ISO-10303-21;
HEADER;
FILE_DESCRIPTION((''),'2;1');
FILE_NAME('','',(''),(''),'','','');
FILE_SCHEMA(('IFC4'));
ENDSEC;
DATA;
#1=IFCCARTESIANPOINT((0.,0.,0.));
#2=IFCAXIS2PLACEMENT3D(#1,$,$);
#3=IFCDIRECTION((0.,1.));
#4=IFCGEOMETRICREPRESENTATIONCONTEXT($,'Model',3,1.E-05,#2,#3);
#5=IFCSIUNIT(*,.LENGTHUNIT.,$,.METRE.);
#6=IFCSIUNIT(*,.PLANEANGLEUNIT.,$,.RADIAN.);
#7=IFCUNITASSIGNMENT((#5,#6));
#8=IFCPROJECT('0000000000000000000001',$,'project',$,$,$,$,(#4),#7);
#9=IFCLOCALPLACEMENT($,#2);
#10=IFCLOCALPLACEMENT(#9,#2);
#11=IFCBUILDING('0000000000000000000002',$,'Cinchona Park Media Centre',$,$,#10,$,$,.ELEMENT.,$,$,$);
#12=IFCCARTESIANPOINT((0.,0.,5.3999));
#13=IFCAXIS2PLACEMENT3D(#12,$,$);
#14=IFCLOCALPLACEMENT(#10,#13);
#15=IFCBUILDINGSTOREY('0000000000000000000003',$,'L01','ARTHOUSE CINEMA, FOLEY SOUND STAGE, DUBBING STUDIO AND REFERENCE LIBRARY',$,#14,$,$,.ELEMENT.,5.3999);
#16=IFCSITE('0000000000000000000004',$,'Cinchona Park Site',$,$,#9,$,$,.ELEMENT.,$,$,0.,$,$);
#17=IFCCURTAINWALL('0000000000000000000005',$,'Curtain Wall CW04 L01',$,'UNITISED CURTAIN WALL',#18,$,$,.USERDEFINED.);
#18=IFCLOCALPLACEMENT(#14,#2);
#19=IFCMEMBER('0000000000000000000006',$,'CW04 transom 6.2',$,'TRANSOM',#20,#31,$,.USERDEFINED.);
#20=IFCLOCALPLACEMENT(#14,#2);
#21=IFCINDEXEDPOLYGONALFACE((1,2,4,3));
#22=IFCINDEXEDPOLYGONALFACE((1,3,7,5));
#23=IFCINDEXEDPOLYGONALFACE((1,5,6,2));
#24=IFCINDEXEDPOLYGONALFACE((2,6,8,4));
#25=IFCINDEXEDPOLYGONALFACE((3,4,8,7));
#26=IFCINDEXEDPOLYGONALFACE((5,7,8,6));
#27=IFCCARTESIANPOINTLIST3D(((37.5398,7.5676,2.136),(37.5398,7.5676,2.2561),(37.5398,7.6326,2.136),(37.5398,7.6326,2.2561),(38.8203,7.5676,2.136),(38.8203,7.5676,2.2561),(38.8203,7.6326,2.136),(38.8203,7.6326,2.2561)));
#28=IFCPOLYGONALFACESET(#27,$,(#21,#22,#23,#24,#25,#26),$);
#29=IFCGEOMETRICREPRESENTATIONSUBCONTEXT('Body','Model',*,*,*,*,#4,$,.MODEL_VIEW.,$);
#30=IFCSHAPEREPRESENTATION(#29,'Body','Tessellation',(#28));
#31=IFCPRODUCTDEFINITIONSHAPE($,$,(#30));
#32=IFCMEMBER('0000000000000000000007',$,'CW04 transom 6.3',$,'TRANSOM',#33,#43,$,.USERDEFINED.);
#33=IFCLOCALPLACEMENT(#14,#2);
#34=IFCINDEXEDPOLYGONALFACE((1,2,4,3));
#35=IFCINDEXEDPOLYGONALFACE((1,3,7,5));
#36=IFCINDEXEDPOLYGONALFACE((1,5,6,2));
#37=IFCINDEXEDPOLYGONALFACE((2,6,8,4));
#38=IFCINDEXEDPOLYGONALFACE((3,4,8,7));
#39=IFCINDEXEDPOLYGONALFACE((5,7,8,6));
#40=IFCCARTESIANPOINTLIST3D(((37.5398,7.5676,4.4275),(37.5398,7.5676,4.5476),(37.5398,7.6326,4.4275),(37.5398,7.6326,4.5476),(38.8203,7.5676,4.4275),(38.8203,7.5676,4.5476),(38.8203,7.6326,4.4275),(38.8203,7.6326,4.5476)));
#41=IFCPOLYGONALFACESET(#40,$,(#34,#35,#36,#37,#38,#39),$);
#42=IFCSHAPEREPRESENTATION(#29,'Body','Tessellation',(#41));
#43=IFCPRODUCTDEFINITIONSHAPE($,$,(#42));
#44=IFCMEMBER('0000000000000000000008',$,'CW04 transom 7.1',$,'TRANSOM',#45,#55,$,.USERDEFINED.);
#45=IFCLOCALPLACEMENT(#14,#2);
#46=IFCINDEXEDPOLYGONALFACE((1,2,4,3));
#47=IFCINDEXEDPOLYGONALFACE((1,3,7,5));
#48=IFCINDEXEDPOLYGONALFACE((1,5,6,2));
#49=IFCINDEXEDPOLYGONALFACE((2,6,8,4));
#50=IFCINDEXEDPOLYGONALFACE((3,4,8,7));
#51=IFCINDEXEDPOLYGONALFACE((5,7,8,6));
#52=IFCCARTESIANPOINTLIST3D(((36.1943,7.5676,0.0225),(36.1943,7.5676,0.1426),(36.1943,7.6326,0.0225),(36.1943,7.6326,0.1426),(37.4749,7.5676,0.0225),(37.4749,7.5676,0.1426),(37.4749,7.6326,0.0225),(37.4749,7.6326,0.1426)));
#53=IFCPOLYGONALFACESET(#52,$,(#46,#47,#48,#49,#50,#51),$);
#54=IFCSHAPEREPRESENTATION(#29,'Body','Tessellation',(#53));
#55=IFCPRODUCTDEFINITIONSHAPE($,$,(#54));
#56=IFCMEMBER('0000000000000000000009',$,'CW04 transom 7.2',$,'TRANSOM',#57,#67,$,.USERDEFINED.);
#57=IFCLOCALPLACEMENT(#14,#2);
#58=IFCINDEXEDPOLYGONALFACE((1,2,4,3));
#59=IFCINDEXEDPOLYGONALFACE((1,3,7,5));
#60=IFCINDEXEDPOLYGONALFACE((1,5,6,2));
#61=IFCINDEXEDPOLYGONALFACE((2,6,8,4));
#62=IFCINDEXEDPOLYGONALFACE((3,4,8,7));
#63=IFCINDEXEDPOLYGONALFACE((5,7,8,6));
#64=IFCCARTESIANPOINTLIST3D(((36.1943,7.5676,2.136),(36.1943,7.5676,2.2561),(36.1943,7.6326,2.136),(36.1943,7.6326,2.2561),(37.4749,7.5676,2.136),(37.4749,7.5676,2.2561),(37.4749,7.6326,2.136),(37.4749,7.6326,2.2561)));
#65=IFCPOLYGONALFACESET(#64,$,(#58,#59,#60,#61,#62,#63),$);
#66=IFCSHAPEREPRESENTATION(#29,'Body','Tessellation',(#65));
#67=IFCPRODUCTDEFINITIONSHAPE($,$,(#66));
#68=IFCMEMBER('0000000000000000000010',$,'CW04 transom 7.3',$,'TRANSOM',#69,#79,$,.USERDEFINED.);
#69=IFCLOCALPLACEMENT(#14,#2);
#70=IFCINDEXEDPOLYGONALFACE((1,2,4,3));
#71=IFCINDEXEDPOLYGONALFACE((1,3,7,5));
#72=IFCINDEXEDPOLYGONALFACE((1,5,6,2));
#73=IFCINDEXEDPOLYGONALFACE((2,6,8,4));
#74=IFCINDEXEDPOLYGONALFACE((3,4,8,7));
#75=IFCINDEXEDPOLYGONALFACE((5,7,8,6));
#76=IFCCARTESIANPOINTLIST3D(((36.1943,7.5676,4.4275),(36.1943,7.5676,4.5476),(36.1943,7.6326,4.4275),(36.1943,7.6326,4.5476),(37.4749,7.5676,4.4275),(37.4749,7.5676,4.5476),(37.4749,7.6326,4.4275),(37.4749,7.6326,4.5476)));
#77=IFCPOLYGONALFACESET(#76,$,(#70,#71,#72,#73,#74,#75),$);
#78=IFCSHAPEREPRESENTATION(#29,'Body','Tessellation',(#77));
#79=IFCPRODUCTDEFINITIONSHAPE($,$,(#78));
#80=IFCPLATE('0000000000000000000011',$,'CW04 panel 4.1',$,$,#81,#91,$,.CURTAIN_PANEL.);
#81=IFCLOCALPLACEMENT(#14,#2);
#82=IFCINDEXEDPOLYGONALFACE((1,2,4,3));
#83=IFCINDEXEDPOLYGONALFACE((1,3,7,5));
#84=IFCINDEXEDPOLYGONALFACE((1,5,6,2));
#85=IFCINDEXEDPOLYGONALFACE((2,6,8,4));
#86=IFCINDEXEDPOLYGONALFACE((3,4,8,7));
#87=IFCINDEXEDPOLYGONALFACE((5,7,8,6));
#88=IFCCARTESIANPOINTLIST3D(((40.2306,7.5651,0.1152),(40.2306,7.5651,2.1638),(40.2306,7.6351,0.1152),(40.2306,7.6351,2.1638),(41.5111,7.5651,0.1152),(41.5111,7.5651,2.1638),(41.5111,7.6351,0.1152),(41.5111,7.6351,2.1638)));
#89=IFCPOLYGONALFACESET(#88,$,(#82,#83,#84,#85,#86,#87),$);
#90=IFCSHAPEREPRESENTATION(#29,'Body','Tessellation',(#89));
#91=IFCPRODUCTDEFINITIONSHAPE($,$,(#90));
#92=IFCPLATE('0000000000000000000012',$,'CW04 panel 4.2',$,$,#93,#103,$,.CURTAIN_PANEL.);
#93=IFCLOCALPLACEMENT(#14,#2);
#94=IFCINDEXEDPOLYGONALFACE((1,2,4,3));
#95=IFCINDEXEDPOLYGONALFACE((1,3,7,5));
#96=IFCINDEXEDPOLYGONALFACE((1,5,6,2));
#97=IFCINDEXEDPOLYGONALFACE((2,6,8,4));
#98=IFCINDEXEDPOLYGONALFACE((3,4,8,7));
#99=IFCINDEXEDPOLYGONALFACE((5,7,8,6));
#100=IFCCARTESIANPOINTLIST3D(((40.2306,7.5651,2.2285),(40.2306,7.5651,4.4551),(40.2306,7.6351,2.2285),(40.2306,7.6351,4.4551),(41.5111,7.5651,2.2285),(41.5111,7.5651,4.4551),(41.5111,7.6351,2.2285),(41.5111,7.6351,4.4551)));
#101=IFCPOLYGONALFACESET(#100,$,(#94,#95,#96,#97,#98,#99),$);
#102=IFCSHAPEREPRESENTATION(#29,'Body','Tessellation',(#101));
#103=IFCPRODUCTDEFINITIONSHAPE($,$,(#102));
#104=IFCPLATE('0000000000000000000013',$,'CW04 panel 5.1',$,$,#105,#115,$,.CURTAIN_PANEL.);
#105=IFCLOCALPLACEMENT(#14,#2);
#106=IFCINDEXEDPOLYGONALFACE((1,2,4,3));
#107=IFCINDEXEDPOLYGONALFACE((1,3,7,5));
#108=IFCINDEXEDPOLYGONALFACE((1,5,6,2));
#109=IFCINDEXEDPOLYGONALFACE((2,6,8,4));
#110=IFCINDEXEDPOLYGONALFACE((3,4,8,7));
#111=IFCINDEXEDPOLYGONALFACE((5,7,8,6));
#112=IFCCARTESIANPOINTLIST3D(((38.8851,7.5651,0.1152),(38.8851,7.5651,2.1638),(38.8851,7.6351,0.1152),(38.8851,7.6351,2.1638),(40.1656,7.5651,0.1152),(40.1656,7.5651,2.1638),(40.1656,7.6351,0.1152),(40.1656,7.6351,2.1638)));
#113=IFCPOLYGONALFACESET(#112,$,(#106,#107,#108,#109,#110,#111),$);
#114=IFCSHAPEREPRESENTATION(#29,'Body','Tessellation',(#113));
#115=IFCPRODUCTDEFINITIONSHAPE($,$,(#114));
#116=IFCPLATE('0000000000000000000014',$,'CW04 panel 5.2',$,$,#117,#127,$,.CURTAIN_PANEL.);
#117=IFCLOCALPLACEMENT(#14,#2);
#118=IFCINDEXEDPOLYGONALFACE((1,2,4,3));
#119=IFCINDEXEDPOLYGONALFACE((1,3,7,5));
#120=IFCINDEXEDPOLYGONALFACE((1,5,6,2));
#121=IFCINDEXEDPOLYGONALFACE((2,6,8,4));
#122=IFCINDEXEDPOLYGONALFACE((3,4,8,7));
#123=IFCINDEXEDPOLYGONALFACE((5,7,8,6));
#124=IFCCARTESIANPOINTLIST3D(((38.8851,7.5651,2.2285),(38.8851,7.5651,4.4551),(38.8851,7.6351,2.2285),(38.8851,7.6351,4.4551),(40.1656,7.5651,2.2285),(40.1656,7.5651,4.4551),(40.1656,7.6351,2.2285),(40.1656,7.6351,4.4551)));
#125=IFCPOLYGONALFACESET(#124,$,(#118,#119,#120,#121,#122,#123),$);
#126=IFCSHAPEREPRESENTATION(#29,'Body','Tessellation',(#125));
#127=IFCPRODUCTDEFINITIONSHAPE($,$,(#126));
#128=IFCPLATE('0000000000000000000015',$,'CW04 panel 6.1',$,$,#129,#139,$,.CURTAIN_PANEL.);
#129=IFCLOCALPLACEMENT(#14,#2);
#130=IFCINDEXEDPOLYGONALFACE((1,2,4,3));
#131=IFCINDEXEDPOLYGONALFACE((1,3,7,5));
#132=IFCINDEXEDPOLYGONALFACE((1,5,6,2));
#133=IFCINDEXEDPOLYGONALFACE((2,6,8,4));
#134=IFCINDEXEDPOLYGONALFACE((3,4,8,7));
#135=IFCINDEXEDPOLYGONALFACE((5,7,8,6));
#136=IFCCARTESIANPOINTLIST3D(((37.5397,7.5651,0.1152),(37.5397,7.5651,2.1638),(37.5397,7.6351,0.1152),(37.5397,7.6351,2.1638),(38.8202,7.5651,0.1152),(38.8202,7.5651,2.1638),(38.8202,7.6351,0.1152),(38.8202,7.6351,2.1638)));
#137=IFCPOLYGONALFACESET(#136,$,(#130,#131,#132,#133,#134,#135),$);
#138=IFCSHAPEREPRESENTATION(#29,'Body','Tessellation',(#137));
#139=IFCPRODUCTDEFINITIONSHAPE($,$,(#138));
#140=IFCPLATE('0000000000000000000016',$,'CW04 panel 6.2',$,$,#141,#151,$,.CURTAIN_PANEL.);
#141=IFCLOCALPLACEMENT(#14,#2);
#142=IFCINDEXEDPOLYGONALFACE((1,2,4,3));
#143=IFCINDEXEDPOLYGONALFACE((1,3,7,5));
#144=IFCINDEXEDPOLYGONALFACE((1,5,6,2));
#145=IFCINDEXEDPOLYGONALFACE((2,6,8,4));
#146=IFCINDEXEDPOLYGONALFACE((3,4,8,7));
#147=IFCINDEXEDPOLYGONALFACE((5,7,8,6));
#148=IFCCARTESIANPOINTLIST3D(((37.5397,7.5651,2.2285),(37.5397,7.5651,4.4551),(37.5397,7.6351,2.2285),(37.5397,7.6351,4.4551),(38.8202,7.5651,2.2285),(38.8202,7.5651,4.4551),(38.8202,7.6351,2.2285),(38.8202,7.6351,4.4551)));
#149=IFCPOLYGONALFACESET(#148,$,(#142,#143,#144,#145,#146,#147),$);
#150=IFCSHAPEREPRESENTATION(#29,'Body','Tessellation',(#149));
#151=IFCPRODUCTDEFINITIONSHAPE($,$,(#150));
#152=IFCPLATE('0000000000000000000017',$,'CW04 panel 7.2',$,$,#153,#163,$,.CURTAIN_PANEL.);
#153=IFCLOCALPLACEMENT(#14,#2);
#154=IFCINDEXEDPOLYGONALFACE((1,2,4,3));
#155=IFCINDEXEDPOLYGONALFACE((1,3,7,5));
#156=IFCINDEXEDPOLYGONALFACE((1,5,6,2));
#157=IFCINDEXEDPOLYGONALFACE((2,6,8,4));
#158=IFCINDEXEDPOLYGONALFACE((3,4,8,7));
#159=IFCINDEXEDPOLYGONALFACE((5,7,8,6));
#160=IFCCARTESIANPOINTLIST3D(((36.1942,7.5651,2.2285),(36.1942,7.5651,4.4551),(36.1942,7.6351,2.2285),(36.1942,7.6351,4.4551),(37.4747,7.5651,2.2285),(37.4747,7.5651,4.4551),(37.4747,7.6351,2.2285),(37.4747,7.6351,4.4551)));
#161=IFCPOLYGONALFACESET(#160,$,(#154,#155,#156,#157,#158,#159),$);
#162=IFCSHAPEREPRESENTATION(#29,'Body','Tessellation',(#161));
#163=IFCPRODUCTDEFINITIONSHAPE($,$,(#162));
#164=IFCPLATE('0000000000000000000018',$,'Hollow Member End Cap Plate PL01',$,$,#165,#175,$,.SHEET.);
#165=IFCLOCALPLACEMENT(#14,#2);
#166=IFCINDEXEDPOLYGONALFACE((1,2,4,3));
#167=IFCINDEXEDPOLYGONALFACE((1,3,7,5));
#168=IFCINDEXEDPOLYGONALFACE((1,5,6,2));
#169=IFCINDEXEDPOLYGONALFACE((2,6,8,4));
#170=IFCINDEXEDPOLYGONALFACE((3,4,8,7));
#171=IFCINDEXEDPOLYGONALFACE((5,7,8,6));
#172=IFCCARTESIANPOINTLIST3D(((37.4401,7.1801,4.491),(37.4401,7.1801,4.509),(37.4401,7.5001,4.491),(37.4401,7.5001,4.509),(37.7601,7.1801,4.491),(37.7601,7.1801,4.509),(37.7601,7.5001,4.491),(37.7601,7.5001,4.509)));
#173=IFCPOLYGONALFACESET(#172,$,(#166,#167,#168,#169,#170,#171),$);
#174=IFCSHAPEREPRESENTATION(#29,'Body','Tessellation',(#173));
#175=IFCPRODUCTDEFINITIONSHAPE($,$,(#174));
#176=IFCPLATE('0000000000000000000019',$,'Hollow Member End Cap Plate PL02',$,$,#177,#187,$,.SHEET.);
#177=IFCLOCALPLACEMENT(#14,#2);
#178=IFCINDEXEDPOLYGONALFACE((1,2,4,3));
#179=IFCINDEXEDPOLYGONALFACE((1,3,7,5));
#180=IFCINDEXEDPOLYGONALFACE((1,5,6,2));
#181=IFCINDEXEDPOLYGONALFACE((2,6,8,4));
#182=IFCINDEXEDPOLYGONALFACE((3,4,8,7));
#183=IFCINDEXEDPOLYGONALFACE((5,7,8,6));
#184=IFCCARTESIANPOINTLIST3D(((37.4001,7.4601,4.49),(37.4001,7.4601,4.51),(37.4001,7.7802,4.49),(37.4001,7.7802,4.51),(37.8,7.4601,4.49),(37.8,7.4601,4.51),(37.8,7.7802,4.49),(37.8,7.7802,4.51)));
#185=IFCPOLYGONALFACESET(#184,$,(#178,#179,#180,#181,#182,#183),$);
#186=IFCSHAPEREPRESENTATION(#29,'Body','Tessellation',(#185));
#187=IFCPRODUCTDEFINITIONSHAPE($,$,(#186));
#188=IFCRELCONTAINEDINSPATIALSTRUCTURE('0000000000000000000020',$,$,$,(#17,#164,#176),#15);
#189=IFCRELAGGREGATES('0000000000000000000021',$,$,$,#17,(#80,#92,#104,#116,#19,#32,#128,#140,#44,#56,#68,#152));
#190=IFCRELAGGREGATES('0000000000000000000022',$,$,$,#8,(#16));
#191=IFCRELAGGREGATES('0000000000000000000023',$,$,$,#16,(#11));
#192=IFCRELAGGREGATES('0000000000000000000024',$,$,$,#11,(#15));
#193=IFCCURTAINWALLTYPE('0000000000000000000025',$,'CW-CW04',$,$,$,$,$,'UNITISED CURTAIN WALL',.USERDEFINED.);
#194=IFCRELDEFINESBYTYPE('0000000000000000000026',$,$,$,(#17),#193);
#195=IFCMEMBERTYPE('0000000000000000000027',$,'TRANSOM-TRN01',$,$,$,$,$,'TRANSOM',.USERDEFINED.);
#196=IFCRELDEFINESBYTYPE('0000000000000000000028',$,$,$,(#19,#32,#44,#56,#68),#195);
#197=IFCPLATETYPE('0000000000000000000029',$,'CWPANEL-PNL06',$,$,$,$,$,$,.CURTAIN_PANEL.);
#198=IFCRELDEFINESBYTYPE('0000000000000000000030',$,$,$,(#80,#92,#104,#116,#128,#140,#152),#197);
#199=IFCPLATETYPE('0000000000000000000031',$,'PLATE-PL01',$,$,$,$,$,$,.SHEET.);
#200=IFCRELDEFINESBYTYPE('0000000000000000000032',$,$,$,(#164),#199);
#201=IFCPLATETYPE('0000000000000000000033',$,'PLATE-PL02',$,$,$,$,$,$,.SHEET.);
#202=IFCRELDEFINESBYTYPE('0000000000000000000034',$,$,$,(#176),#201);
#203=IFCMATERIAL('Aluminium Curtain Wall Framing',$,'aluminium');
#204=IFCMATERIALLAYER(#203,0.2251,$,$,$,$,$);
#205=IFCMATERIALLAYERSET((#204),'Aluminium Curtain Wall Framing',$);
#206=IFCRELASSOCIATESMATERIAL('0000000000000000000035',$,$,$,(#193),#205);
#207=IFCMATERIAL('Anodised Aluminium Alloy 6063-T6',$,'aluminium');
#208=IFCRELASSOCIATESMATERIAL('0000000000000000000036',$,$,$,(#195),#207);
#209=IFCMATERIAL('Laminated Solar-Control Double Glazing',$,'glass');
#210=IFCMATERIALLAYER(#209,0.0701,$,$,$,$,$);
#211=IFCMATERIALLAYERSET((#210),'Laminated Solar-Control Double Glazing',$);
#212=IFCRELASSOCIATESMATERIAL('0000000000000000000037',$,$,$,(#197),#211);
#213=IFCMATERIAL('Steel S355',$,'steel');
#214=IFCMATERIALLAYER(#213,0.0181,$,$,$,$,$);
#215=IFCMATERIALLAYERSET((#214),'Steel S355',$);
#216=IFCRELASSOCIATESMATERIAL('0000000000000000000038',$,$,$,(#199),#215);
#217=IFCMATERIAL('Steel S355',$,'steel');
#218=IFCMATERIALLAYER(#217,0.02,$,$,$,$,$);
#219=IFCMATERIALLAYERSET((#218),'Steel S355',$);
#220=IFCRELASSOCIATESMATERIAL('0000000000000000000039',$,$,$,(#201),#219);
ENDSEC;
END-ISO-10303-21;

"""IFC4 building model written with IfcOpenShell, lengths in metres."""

from ifc_helpers import new_model, si_unit, direction, frame, origin, origin_2d, place, context, subcontext, project, spatial, rectangle, extrude, material, layer, layer_set, material_profile, profile_set, type_object, element, aggregate, save


model = new_model("IFC4")

# Units and contexts
model_context = context("Model", 3, precision=1e-05, world=origin(), true_north=direction((0.0, 1.0)))
body_context = subcontext(model_context, "Body", "Model", "MODEL_VIEW")
ifc_project = project(units=[si_unit("LENGTHUNIT", "METRE"), si_unit("PLANEANGLEUNIT", "RADIAN")], contexts=[model_context])

# Site, building, storey
site_placement = place(None, origin())
site = spatial("IfcSite", under=ifc_project, at=site_placement, Name="Cinchona Park Site", CompositionType="ELEMENT", RefElevation=0.0)
building_placement = place(site_placement, origin())
building = spatial("IfcBuilding", under=site, at=building_placement, Name="Cinchona Park Media Centre", CompositionType="ELEMENT")
storey_placement = place(building_placement, frame((0.0, 0.0, 5.3999)))
storey = spatial("IfcBuildingStorey", under=building, at=storey_placement, Name="L01", Description="ARTHOUSE CINEMA, FOLEY SOUND STAGE, DUBBING STUDIO AND REFERENCE LIBRARY", CompositionType="ELEMENT", Elevation=5.3999)

# Curtain wall, members, plates
ifc_material_1 = material(Name="Aluminium Curtain Wall Framing", Category="aluminium")
ifc_layer_1 = layer(ifc_material_1, 0.2251)
ifc_layer_set_1 = layer_set([ifc_layer_1], Name="Aluminium Curtain Wall Framing")
curtain_wall_type = type_object("IfcCurtainWallType", Name="CW-CW04", ElementType="UNITISED CURTAIN WALL", PredefinedType="USERDEFINED", material=ifc_layer_set_1)
curtain_wall_placement = place(storey_placement, origin())
curtain_wall = element("IfcCurtainWall", 1, at=curtain_wall_placement, inside=storey, type_object=curtain_wall_type, Name="Curtain Wall CW04 L01", ObjectType="UNITISED CURTAIN WALL", PredefinedType="USERDEFINED")
ifc_material_2 = material(Name="Anodised Aluminium Alloy 6063-T6", Category="aluminium")
ifc_material_profile_1 = material_profile(ifc_material_2, rectangle(XDim=0.0649, YDim=0.1201, at=origin_2d()), Name="TRN-65X120")
ifc_profile_set_1 = profile_set([ifc_material_profile_1], Name="Anodised Aluminium Alloy 6063-T6")
member_type_1 = type_object("IfcMemberType", Name="TRANSOM-TRN01", ElementType="TRANSOM", PredefinedType="USERDEFINED", material=ifc_profile_set_1)
member_1_placement = place(storey_placement, frame((38.8203, 7.6001, 2.196), z_axis=(-1.0, 0.0, 0.0), x_axis=(0.0, -1.0, 0.0)))
member_1 = element("IfcMember", 2, at=member_1_placement, type_object=member_type_1, Name="CW04 transom 6.2", ObjectType="TRANSOM", PredefinedType="USERDEFINED", context=body_context, shape_type="SweptSolid", body=[
    extrude(rectangle(XDim=0.0649, YDim=0.1201, at=origin_2d()), origin(), (0.0, 0.0, 1.0), 1.2805),
])
member_2_placement = place(storey_placement, frame((38.8203, 7.6001, 4.4875), z_axis=(-1.0, 0.0, 0.0), x_axis=(0.0, -1.0, 0.0)))
member_2 = element("IfcMember", 3, at=member_2_placement, type_object=member_type_1, Name="CW04 transom 6.3", ObjectType="TRANSOM", PredefinedType="USERDEFINED", context=body_context, shape_type="SweptSolid", body=[
    extrude(rectangle(XDim=0.0649, YDim=0.1201, at=origin_2d()), origin(), (0.0, 0.0, 1.0), 1.2805),
])
member_3_placement = place(storey_placement, frame((37.4749, 7.6001, 0.0825), z_axis=(-1.0, 0.0, 0.0), x_axis=(0.0, -1.0, 0.0)))
member_3 = element("IfcMember", 4, at=member_3_placement, type_object=member_type_1, Name="CW04 transom 7.1", ObjectType="TRANSOM", PredefinedType="USERDEFINED", context=body_context, shape_type="SweptSolid", body=[
    extrude(rectangle(XDim=0.0649, YDim=0.1201, at=origin_2d()), origin(), (0.0, 0.0, 1.0), 1.2805),
])
member_4_placement = place(storey_placement, frame((37.4749, 7.6001, 2.196), z_axis=(-1.0, 0.0, 0.0), x_axis=(0.0, -1.0, 0.0)))
member_4 = element("IfcMember", 5, at=member_4_placement, type_object=member_type_1, Name="CW04 transom 7.2", ObjectType="TRANSOM", PredefinedType="USERDEFINED", context=body_context, shape_type="SweptSolid", body=[
    extrude(rectangle(XDim=0.0649, YDim=0.1201, at=origin_2d()), origin(), (0.0, 0.0, 1.0), 1.2805),
])
member_5_placement = place(storey_placement, frame((37.4749, 7.6001, 4.4875), z_axis=(-1.0, 0.0, 0.0), x_axis=(0.0, -1.0, 0.0)))
member_5 = element("IfcMember", 6, at=member_5_placement, type_object=member_type_1, Name="CW04 transom 7.3", ObjectType="TRANSOM", PredefinedType="USERDEFINED", context=body_context, shape_type="SweptSolid", body=[
    extrude(rectangle(XDim=0.0649, YDim=0.1201, at=origin_2d()), origin(), (0.0, 0.0, 1.0), 1.2805),
])
ifc_material_3 = material(Name="Laminated Solar-Control Double Glazing", Category="glass")
ifc_layer_2 = layer(ifc_material_3, 0.0701)
ifc_layer_set_2 = layer_set([ifc_layer_2], Name="Laminated Solar-Control Double Glazing")
plate_type_1 = type_object("IfcPlateType", Name="CWPANEL-PNL06", PredefinedType="CURTAIN_PANEL", material=ifc_layer_set_2)
plate_1_placement = place(storey_placement, frame((40.8708, 7.6001, 0.1152), z_axis=(0.0, 0.0, 1.0), x_axis=(-1.0, 0.0, 0.0)))
plate_1 = element("IfcPlate", 7, at=plate_1_placement, type_object=plate_type_1, Name="CW04 panel 4.1", PredefinedType="CURTAIN_PANEL", context=body_context, shape_type="SweptSolid", body=[
    extrude(rectangle(XDim=1.2805, YDim=0.0701, at=origin_2d()), origin(), (0.0, 0.0, 1.0), 2.0486),
])
plate_2_placement = place(storey_placement, frame((40.8708, 7.6001, 2.2285), z_axis=(0.0, 0.0, 1.0), x_axis=(-1.0, 0.0, 0.0)))
plate_2 = element("IfcPlate", 8, at=plate_2_placement, type_object=plate_type_1, Name="CW04 panel 4.2", PredefinedType="CURTAIN_PANEL", context=body_context, shape_type="SweptSolid", body=[
    extrude(rectangle(XDim=1.2805, YDim=0.0701, at=origin_2d()), origin(), (0.0, 0.0, 1.0), 2.2266),
])
plate_3_placement = place(storey_placement, frame((39.5254, 7.6001, 0.1152), z_axis=(0.0, 0.0, 1.0), x_axis=(-1.0, 0.0, 0.0)))
plate_3 = element("IfcPlate", 9, at=plate_3_placement, type_object=plate_type_1, Name="CW04 panel 5.1", PredefinedType="CURTAIN_PANEL", context=body_context, shape_type="SweptSolid", body=[
    extrude(rectangle(XDim=1.2805, YDim=0.0701, at=origin_2d()), origin(), (0.0, 0.0, 1.0), 2.0486),
])
plate_4_placement = place(storey_placement, frame((39.5254, 7.6001, 2.2285), z_axis=(0.0, 0.0, 1.0), x_axis=(-1.0, 0.0, 0.0)))
plate_4 = element("IfcPlate", 10, at=plate_4_placement, type_object=plate_type_1, Name="CW04 panel 5.2", PredefinedType="CURTAIN_PANEL", context=body_context, shape_type="SweptSolid", body=[
    extrude(rectangle(XDim=1.2805, YDim=0.0701, at=origin_2d()), origin(), (0.0, 0.0, 1.0), 2.2266),
])
plate_5_placement = place(storey_placement, frame((38.1799, 7.6001, 0.1152), z_axis=(0.0, 0.0, 1.0), x_axis=(-1.0, 0.0, 0.0)))
plate_5 = element("IfcPlate", 11, at=plate_5_placement, type_object=plate_type_1, Name="CW04 panel 6.1", PredefinedType="CURTAIN_PANEL", context=body_context, shape_type="SweptSolid", body=[
    extrude(rectangle(XDim=1.2805, YDim=0.0701, at=origin_2d()), origin(), (0.0, 0.0, 1.0), 2.0486),
])
plate_6_placement = place(storey_placement, frame((38.1799, 7.6001, 2.2285), z_axis=(0.0, 0.0, 1.0), x_axis=(-1.0, 0.0, 0.0)))
plate_6 = element("IfcPlate", 12, at=plate_6_placement, type_object=plate_type_1, Name="CW04 panel 6.2", PredefinedType="CURTAIN_PANEL", context=body_context, shape_type="SweptSolid", body=[
    extrude(rectangle(XDim=1.2805, YDim=0.0701, at=origin_2d()), origin(), (0.0, 0.0, 1.0), 2.2266),
])
plate_7_placement = place(storey_placement, frame((36.8345, 7.6001, 2.2285), z_axis=(0.0, 0.0, 1.0), x_axis=(-1.0, 0.0, 0.0)))
plate_7 = element("IfcPlate", 13, at=plate_7_placement, type_object=plate_type_1, Name="CW04 panel 7.2", PredefinedType="CURTAIN_PANEL", context=body_context, shape_type="SweptSolid", body=[
    extrude(rectangle(XDim=1.2805, YDim=0.0701, at=origin_2d()), origin(), (0.0, 0.0, 1.0), 2.2266),
])
aggregate(curtain_wall, [plate_1, plate_2, plate_3, plate_4, member_1, member_2, plate_5, plate_6, member_3, member_4, member_5, plate_7])

# Plates
ifc_material_4 = material(Name="Steel S355", Category="steel")
ifc_layer_3 = layer(ifc_material_4, 0.0181)
ifc_layer_set_3 = layer_set([ifc_layer_3], Name="Steel S355")
plate_type_2 = type_object("IfcPlateType", Name="PLATE-PL01", PredefinedType="SHEET", material=ifc_layer_set_3)
plate_8_placement = place(storey_placement, frame((37.6001, 7.3401, 4.491), z_axis=(0.0, 0.0, 1.0), x_axis=(1.0, 0.0, 0.0)))
element("IfcPlate", 14, at=plate_8_placement, inside=storey, type_object=plate_type_2, Name="Hollow Member End Cap Plate PL01", PredefinedType="SHEET", context=body_context, shape_type="SweptSolid", body=[
    extrude(rectangle(XDim=0.3201, YDim=0.3201, at=origin_2d()), origin(), (0.0, 0.0, 1.0), 0.0181),
])
ifc_material_5 = material(Name="Steel S355", Category="steel")
ifc_layer_4 = layer(ifc_material_5, 0.02)
ifc_layer_set_4 = layer_set([ifc_layer_4], Name="Steel S355")
plate_type_3 = type_object("IfcPlateType", Name="PLATE-PL02", PredefinedType="SHEET", material=ifc_layer_set_4)
plate_9_placement = place(storey_placement, frame((37.6001, 7.6201, 4.49), z_axis=(0.0, 0.0, 1.0), x_axis=(1.0, 0.0, 0.0)))
element("IfcPlate", 15, at=plate_9_placement, inside=storey, type_object=plate_type_3, Name="Hollow Member End Cap Plate PL02", PredefinedType="SHEET", context=body_context, shape_type="SweptSolid", body=[
    extrude(rectangle(XDim=0.3999, YDim=0.3201, at=origin_2d()), origin(), (0.0, 0.0, 1.0), 0.02),
])

save(model, "model.ifc")
